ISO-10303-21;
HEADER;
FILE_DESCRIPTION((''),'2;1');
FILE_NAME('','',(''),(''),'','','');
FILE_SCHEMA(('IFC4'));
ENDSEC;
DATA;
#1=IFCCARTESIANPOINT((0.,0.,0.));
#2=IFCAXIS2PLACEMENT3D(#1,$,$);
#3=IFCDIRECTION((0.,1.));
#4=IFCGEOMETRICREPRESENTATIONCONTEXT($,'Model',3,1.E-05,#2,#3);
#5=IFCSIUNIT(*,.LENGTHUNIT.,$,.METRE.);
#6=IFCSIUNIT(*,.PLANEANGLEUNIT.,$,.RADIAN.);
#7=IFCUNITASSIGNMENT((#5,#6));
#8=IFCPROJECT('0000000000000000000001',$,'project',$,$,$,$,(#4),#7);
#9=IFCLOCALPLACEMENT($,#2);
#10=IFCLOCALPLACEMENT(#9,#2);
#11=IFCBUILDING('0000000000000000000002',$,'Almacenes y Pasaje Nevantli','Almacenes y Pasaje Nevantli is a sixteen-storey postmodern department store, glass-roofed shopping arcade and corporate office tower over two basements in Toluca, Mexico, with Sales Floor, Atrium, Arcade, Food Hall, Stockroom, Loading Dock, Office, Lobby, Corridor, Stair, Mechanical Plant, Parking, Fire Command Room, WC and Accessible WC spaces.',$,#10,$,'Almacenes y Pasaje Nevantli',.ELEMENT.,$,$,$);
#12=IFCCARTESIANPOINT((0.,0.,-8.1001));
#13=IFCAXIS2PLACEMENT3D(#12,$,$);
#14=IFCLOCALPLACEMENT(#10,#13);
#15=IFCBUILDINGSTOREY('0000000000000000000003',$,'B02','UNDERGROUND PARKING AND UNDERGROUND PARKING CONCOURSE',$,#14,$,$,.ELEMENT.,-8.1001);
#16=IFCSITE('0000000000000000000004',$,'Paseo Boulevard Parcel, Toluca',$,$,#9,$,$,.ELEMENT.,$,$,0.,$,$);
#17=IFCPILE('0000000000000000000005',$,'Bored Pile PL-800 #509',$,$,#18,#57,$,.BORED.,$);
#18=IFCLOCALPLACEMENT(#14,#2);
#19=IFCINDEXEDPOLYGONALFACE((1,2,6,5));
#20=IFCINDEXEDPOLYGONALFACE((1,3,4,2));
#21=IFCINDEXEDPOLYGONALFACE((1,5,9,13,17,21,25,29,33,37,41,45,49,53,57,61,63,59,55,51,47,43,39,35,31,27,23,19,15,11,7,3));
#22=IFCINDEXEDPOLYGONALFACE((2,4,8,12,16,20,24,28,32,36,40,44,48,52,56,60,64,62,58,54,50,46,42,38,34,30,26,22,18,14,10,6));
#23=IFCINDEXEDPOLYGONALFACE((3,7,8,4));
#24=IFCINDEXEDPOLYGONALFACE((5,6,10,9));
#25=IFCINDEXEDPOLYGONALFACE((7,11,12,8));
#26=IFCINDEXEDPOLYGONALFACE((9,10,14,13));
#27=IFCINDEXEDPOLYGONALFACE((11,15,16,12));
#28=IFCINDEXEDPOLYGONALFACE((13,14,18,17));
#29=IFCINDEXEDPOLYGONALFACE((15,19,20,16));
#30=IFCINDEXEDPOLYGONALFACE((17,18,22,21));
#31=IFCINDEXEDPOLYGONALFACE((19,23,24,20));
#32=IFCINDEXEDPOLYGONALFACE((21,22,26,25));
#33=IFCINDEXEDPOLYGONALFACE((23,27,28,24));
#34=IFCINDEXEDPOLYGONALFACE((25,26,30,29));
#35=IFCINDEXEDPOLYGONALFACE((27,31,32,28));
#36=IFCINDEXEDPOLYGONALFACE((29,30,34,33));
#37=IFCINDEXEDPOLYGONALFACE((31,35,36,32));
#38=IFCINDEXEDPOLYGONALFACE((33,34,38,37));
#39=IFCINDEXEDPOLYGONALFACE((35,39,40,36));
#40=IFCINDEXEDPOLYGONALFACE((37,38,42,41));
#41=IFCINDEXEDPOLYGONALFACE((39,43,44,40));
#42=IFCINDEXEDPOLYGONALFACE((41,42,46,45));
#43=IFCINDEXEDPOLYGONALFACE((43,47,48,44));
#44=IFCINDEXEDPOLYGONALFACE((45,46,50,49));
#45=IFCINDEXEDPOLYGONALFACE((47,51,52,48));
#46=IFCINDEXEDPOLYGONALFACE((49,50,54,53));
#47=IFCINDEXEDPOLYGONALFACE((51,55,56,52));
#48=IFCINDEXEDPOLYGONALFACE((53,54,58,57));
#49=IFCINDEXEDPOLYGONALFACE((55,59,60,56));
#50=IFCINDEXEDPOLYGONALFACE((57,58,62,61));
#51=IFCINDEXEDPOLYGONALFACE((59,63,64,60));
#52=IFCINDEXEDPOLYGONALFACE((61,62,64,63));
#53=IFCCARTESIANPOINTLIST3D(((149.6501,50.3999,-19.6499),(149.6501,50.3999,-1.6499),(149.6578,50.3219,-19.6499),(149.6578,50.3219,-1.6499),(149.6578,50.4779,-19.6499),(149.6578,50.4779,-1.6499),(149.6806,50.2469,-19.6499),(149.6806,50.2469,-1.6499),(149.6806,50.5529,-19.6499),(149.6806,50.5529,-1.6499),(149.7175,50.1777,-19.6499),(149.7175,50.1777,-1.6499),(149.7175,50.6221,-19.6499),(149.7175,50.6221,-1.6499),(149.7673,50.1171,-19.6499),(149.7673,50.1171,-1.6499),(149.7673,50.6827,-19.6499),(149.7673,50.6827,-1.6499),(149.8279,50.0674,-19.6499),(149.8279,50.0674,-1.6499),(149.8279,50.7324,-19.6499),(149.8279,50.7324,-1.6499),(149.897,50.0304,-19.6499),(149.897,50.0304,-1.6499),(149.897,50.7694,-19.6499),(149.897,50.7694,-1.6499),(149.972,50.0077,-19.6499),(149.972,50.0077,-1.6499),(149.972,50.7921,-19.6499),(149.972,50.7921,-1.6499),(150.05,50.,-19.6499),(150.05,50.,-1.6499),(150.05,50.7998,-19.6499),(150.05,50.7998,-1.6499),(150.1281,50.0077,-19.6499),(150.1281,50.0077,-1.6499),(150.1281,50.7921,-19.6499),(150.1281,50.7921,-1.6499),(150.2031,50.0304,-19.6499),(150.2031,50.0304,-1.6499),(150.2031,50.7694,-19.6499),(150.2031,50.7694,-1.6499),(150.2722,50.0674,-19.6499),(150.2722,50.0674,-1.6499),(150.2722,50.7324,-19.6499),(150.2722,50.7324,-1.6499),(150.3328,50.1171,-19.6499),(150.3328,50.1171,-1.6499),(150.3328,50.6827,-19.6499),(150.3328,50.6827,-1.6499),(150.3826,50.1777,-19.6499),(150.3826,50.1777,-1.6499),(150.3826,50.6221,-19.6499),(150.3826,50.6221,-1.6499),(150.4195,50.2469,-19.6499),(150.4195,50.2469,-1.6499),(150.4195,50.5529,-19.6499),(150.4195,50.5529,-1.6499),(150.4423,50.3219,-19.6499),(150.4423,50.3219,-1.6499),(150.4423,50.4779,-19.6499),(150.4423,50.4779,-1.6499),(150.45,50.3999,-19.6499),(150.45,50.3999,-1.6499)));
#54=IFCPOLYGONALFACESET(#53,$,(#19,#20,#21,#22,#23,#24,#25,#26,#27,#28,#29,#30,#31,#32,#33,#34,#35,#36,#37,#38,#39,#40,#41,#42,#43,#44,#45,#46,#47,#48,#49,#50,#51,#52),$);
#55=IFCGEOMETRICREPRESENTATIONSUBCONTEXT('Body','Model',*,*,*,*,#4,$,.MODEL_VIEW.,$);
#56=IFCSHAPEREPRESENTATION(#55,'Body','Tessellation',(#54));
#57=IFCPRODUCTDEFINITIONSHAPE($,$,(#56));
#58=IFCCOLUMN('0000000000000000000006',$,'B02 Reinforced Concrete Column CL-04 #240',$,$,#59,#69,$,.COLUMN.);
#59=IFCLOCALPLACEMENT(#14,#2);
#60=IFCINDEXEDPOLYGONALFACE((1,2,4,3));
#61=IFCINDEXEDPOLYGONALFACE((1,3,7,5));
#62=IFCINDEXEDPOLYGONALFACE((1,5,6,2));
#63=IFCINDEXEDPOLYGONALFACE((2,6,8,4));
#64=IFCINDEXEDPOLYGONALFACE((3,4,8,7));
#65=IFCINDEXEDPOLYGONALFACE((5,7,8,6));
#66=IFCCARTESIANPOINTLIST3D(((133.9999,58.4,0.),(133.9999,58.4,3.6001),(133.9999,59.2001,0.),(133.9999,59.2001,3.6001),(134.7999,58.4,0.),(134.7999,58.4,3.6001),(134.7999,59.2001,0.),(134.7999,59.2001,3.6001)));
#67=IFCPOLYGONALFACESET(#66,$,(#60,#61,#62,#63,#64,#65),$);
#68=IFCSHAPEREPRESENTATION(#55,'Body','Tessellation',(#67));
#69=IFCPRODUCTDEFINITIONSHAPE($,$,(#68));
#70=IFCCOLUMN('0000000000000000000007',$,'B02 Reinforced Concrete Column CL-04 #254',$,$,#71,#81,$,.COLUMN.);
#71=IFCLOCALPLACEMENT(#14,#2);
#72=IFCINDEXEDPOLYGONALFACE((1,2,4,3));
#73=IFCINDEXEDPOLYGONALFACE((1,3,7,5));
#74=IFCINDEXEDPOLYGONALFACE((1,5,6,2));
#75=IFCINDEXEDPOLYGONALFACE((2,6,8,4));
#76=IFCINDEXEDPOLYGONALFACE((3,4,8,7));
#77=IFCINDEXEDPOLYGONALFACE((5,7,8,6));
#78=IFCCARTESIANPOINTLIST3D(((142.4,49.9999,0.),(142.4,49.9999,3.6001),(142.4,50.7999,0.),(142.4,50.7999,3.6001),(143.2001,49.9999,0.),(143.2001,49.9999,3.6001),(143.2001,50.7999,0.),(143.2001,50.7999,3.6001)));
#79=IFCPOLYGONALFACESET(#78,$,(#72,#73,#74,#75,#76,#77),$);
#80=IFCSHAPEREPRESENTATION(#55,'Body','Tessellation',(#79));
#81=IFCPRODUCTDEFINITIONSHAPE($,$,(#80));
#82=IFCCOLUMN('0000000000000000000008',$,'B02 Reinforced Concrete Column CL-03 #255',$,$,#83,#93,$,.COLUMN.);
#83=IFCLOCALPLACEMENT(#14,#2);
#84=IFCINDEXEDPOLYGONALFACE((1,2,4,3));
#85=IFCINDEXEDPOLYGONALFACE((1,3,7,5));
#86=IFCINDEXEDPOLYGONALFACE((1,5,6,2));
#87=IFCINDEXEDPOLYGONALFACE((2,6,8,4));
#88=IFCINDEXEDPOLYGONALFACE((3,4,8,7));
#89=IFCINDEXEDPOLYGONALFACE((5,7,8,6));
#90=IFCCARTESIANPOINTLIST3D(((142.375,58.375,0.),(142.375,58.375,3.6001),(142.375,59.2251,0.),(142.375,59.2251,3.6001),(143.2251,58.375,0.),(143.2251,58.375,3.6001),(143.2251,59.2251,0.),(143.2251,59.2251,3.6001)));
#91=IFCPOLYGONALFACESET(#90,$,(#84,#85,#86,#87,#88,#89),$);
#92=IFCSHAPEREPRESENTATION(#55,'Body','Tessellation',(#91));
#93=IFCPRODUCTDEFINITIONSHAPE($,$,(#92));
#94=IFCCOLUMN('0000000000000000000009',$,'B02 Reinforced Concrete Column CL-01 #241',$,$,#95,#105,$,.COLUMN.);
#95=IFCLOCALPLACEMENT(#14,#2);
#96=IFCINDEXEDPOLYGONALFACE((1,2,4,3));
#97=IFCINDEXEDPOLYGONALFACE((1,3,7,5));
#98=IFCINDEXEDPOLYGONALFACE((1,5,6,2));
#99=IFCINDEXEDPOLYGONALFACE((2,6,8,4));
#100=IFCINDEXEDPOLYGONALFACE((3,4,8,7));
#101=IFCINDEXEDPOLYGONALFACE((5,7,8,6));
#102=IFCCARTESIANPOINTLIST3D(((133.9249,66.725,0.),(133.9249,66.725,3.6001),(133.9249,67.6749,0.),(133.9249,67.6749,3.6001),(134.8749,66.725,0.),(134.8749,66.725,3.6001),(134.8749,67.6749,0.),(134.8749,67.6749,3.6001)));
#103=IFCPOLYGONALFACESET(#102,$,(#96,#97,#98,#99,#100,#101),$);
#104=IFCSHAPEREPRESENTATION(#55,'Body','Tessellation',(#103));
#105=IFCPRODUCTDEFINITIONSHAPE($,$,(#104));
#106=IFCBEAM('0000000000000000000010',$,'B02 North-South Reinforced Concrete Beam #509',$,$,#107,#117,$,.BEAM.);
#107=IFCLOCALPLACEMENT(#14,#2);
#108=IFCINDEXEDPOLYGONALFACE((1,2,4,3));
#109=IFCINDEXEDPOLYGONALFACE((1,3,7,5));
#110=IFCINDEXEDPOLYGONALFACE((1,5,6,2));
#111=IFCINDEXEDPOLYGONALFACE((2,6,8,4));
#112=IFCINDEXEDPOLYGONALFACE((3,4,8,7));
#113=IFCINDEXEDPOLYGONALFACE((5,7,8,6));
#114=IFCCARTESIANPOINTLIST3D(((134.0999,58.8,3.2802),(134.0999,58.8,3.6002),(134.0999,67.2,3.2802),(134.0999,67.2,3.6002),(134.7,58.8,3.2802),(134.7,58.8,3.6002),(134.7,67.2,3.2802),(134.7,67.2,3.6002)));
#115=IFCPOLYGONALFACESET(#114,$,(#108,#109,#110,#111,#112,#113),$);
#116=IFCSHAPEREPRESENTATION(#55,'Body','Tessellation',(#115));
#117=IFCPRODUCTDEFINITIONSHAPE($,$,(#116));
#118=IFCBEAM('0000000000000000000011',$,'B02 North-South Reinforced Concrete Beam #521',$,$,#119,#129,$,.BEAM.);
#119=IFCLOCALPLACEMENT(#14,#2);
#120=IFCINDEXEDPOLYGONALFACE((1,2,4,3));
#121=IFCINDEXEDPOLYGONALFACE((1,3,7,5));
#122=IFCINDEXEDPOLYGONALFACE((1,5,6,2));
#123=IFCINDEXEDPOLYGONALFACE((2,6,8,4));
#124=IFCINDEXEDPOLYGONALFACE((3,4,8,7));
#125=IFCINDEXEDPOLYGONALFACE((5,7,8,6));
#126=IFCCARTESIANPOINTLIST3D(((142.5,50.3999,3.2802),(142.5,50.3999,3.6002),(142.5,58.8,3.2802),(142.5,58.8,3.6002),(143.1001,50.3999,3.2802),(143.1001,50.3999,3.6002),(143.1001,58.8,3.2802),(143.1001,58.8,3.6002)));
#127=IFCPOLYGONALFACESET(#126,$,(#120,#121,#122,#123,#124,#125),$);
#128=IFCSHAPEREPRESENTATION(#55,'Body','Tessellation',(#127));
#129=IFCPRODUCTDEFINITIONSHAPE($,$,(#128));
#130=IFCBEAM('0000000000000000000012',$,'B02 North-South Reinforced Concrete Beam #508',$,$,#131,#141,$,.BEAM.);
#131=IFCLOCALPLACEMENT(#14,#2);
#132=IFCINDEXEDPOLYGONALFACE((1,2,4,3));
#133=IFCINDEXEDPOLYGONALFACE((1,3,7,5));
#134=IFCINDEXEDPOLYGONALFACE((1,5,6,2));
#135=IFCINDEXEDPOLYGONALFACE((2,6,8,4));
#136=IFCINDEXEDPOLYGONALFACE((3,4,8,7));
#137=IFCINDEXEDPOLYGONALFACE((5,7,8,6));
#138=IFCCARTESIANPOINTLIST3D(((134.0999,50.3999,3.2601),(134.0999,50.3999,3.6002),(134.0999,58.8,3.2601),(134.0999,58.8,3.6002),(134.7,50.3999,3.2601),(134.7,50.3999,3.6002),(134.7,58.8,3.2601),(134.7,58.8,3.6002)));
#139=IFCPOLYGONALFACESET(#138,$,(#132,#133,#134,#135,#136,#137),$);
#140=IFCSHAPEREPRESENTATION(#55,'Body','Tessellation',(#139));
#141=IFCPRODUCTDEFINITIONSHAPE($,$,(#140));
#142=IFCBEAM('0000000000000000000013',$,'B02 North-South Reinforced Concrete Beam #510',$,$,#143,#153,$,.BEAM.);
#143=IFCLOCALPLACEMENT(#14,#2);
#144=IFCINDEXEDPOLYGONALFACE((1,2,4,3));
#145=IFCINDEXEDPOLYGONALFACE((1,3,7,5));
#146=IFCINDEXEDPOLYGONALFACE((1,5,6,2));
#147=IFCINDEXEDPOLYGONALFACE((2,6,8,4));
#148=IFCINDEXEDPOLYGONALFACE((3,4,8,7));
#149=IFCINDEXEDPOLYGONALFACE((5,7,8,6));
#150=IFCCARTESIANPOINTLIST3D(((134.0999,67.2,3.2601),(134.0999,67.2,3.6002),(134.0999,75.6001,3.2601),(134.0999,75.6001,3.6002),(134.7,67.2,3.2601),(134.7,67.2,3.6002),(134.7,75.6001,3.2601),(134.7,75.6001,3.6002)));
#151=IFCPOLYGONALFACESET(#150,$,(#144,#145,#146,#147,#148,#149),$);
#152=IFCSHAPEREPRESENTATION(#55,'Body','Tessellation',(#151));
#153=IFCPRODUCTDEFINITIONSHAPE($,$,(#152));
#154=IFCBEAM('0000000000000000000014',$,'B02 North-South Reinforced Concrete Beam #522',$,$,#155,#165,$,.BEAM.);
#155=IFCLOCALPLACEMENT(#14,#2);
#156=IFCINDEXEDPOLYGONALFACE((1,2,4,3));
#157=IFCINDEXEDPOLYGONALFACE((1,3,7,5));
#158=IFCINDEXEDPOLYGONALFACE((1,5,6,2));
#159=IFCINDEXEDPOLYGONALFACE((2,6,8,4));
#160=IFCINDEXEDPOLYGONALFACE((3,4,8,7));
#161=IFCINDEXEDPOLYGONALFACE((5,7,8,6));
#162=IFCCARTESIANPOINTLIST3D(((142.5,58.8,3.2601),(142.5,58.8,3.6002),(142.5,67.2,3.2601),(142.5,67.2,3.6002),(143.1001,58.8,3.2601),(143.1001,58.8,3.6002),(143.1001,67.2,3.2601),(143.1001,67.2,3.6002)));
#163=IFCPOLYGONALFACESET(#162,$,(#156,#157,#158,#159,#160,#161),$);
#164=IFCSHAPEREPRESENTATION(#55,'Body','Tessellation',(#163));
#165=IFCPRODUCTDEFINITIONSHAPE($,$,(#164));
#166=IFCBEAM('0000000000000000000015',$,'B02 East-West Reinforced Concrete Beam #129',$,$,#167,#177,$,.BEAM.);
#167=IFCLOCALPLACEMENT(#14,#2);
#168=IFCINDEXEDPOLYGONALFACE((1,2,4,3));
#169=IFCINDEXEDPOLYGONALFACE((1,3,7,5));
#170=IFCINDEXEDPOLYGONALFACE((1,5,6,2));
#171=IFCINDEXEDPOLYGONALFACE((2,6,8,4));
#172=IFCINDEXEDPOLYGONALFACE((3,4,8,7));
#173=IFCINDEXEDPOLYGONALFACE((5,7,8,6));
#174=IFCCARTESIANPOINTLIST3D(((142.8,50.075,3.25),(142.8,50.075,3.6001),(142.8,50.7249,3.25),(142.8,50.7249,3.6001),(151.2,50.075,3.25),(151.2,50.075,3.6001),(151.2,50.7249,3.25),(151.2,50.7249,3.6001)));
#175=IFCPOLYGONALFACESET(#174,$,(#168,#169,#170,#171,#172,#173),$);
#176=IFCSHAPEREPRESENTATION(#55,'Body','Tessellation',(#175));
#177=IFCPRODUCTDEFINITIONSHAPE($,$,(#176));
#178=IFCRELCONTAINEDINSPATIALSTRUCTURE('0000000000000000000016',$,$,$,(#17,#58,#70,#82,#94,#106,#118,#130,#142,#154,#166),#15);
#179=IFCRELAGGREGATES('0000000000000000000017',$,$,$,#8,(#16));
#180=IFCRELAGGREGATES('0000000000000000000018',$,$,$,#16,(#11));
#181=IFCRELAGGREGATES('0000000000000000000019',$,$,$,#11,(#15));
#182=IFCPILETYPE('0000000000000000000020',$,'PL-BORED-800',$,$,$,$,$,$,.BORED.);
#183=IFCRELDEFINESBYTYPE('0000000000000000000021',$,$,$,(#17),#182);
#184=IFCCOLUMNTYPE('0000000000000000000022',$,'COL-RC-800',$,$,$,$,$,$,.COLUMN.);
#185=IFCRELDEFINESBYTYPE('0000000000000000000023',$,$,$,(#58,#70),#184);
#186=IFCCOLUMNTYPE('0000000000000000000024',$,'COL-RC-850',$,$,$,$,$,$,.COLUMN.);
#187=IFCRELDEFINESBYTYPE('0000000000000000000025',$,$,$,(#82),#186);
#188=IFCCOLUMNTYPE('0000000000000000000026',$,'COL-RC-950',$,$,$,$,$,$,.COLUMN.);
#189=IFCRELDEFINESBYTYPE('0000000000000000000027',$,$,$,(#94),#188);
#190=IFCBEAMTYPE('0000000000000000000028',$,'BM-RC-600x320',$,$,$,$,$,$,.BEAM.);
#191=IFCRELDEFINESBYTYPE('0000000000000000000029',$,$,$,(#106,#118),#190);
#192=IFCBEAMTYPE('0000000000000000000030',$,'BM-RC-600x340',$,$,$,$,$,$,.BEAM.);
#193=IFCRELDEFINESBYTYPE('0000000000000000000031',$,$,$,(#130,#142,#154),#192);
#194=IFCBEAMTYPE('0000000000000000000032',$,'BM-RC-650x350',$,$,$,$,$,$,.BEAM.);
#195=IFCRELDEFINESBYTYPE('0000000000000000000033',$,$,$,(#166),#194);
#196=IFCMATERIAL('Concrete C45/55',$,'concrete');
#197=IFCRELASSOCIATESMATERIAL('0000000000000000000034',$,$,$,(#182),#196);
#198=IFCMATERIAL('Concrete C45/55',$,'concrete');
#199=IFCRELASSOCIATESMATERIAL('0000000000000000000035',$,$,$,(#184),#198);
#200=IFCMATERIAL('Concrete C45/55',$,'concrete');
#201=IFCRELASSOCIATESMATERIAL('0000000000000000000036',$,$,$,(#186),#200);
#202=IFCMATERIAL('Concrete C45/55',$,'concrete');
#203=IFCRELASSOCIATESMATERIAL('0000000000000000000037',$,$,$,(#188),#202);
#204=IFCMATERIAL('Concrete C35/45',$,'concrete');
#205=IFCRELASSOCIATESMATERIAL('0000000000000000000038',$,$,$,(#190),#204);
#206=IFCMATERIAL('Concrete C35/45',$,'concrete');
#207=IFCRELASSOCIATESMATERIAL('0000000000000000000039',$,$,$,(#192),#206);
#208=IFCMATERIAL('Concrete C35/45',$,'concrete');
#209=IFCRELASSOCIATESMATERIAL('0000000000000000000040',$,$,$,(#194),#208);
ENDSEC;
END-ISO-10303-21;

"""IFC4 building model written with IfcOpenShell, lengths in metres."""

from ifc_helpers import new_model, si_unit, direction, frame, origin, origin_2d, place, context, subcontext, project, spatial, rectangle, circle, extrude, material, material_profile, profile_set, type_object, element, save


model = new_model("IFC4")

# Units and contexts
model_context = context("Model", 3, precision=1e-05, world=origin(), true_north=direction((0.0, 1.0)))
body_context = subcontext(model_context, "Body", "Model", "MODEL_VIEW")
ifc_project = project(units=[si_unit("LENGTHUNIT", "METRE"), si_unit("PLANEANGLEUNIT", "RADIAN")], contexts=[model_context])

# Site, building, storey
site_placement = place(None, origin())
site = spatial("IfcSite", under=ifc_project, at=site_placement, Name="Paseo Boulevard Parcel, Toluca", CompositionType="ELEMENT", RefElevation=0.0)
building_placement = place(site_placement, origin())
building = spatial("IfcBuilding", under=site, at=building_placement, Name="Almacenes y Pasaje Nevantli", Description="Almacenes y Pasaje Nevantli is a sixteen-storey postmodern department store, glass-roofed shopping arcade and corporate office tower over two basements in Toluca, Mexico, with Sales Floor, Atrium, Arcade, Food Hall, Stockroom, Loading Dock, Office, Lobby, Corridor, Stair, Mechanical Plant, Parking, Fire Command Room, WC and Accessible WC spaces.", LongName="Almacenes y Pasaje Nevantli", CompositionType="ELEMENT")
storey_placement = place(building_placement, frame((0.0, 0.0, -8.1001)))
storey = spatial("IfcBuildingStorey", under=building, at=storey_placement, Name="B02", Description="UNDERGROUND PARKING AND UNDERGROUND PARKING CONCOURSE", CompositionType="ELEMENT", Elevation=-8.1001)

# Pile
ifc_material_1 = material(Name="Concrete C45/55", Category="concrete")
ifc_material_profile_1 = material_profile(ifc_material_1, circle(Radius=0.3999, at=origin_2d()), Name="RC-PILE-D800")
ifc_profile_set_1 = profile_set([ifc_material_profile_1], Name="Concrete C45/55")
pile_type_1 = type_object("IfcPileType", Name="PL-BORED-800", PredefinedType="BORED", material=ifc_profile_set_1)
for number, where, z_axis, x_axis, name in (
    (1, (150.05, 50.3999, -1.6499), (0.0, 0.0, -1.0), (1.0, 0.0, 0.0), "Bored Pile PL-800 #509"),
):
    element("IfcPile", number, at=place(storey_placement, frame(where, z_axis=z_axis, x_axis=x_axis)), inside=storey, type_object=pile_type_1, Name=name, PredefinedType="BORED", context=body_context, shape_type="SweptSolid", body=[
        extrude(circle(Radius=0.3999, at=origin_2d()), origin(), (0.0, 0.0, 1.0), 18.0),
    ])

# Columns
ifc_material_2 = material(Name="Concrete C45/55", Category="concrete")
ifc_material_profile_2 = material_profile(ifc_material_2, rectangle(XDim=0.8, YDim=0.8, at=origin_2d()), Name="RC-COL-800x800")
ifc_profile_set_2 = profile_set([ifc_material_profile_2], Name="Concrete C45/55")
column_type_1 = type_object("IfcColumnType", Name="COL-RC-800", PredefinedType="COLUMN", material=ifc_profile_set_2)
for number, where, z_axis, x_axis, name in (
    (2, (134.3999, 58.8, 0.0), (0.0, 0.0, 1.0), (1.0, 0.0, 0.0), "B02 Reinforced Concrete Column CL-04 #240"),
    (3, (142.8, 50.3999, 0.0), (0.0, 0.0, 1.0), (1.0, 0.0, 0.0), "B02 Reinforced Concrete Column CL-04 #254"),
):
    element("IfcColumn", number, at=place(storey_placement, frame(where, z_axis=z_axis, x_axis=x_axis)), inside=storey, type_object=column_type_1, Name=name, PredefinedType="COLUMN", context=body_context, shape_type="SweptSolid", body=[
        extrude(rectangle(XDim=0.8, YDim=0.8, at=origin_2d()), origin(), (0.0, 0.0, 1.0), 3.6001),
    ])
ifc_material_3 = material(Name="Concrete C45/55", Category="concrete")
ifc_material_profile_3 = material_profile(ifc_material_3, rectangle(XDim=0.8501, YDim=0.8501, at=origin_2d()), Name="RC-COL-850x850")
ifc_profile_set_3 = profile_set([ifc_material_profile_3], Name="Concrete C45/55")
column_type_2 = type_object("IfcColumnType", Name="COL-RC-850", PredefinedType="COLUMN", material=ifc_profile_set_3)
column_1_placement = place(storey_placement, frame((142.8, 58.8, 0.0), z_axis=(0.0, 0.0, 1.0), x_axis=(1.0, 0.0, 0.0)))
element("IfcColumn", 4, at=column_1_placement, inside=storey, type_object=column_type_2, Name="B02 Reinforced Concrete Column CL-03 #255", PredefinedType="COLUMN", context=body_context, shape_type="SweptSolid", body=[
    extrude(rectangle(XDim=0.8501, YDim=0.8501, at=origin_2d()), origin(), (0.0, 0.0, 1.0), 3.6001),
])
ifc_material_4 = material(Name="Concrete C45/55", Category="concrete")
ifc_material_profile_4 = material_profile(ifc_material_4, rectangle(XDim=0.95, YDim=0.95, at=origin_2d()), Name="RC-COL-950x950")
ifc_profile_set_4 = profile_set([ifc_material_profile_4], Name="Concrete C45/55")
column_type_3 = type_object("IfcColumnType", Name="COL-RC-950", PredefinedType="COLUMN", material=ifc_profile_set_4)
column_2_placement = place(storey_placement, frame((134.3999, 67.2, 0.0), z_axis=(0.0, 0.0, 1.0), x_axis=(1.0, 0.0, 0.0)))
element("IfcColumn", 5, at=column_2_placement, inside=storey, type_object=column_type_3, Name="B02 Reinforced Concrete Column CL-01 #241", PredefinedType="COLUMN", context=body_context, shape_type="SweptSolid", body=[
    extrude(rectangle(XDim=0.95, YDim=0.95, at=origin_2d()), origin(), (0.0, 0.0, 1.0), 3.6001),
])

# Beams
ifc_material_5 = material(Name="Concrete C35/45", Category="concrete")
ifc_material_profile_5 = material_profile(ifc_material_5, rectangle(XDim=0.6001, YDim=0.3201, at=origin_2d()), Name="RC-BM-600x320")
ifc_profile_set_5 = profile_set([ifc_material_profile_5], Name="Concrete C35/45")
beam_type_1 = type_object("IfcBeamType", Name="BM-RC-600x320", PredefinedType="BEAM", material=ifc_profile_set_5)
beam_1_placement = place(storey_placement, frame((134.3999, 58.8, 3.4402), z_axis=(0.0, 1.0, 0.0), x_axis=(-1.0, 0.0, 0.0)))
element("IfcBeam", 6, at=beam_1_placement, inside=storey, type_object=beam_type_1, Name="B02 North-South Reinforced Concrete Beam #509", PredefinedType="BEAM", context=body_context, shape_type="SweptSolid", body=[
    extrude(rectangle(XDim=0.6001, YDim=0.3201, at=origin_2d()), origin(), (0.0, 0.0, 1.0), 8.3999),
])
beam_2_placement = place(storey_placement, frame((142.8, 50.3999, 3.4402), z_axis=(0.0, 1.0, 0.0), x_axis=(-1.0, 0.0, 0.0)))
element("IfcBeam", 7, at=beam_2_placement, inside=storey, type_object=beam_type_1, Name="B02 North-South Reinforced Concrete Beam #521", PredefinedType="BEAM", context=body_context, shape_type="SweptSolid", body=[
    extrude(rectangle(XDim=0.6001, YDim=0.3201, at=origin_2d()), origin(), (0.0, 0.0, 1.0), 8.4001),
])
ifc_material_6 = material(Name="Concrete C35/45", Category="concrete")
ifc_material_profile_6 = material_profile(ifc_material_6, rectangle(XDim=0.6001, YDim=0.3401, at=origin_2d()), Name="RC-BM-600x340")
ifc_profile_set_6 = profile_set([ifc_material_profile_6], Name="Concrete C35/45")
beam_type_2 = type_object("IfcBeamType", Name="BM-RC-600x340", PredefinedType="BEAM", material=ifc_profile_set_6)
for number, where, z_axis, x_axis, name in (
    (8, (134.3999, 50.3999, 3.4302), (0.0, 1.0, 0.0), (-1.0, 0.0, 0.0), "B02 North-South Reinforced Concrete Beam #508"),
    (9, (134.3999, 67.2, 3.4302), (0.0, 1.0, 0.0), (-1.0, 0.0, 0.0), "B02 North-South Reinforced Concrete Beam #510"),
):
    element("IfcBeam", number, at=place(storey_placement, frame(where, z_axis=z_axis, x_axis=x_axis)), inside=storey, type_object=beam_type_2, Name=name, PredefinedType="BEAM", context=body_context, shape_type="SweptSolid", body=[
        extrude(rectangle(XDim=0.6001, YDim=0.3401, at=origin_2d()), origin(), (0.0, 0.0, 1.0), 8.4001),
    ])
beam_3_placement = place(storey_placement, frame((142.8, 58.8, 3.4302), z_axis=(0.0, 1.0, 0.0), x_axis=(-1.0, 0.0, 0.0)))
element("IfcBeam", 10, at=beam_3_placement, inside=storey, type_object=beam_type_2, Name="B02 North-South Reinforced Concrete Beam #522", PredefinedType="BEAM", context=body_context, shape_type="SweptSolid", body=[
    extrude(rectangle(XDim=0.6001, YDim=0.3401, at=origin_2d()), origin(), (0.0, 0.0, 1.0), 8.3999),
])
ifc_material_7 = material(Name="Concrete C35/45", Category="concrete")
ifc_material_profile_7 = material_profile(ifc_material_7, rectangle(XDim=0.6499, YDim=0.3501, at=origin_2d()), Name="RC-BM-650x350")
ifc_profile_set_7 = profile_set([ifc_material_profile_7], Name="Concrete C35/45")
beam_type_3 = type_object("IfcBeamType", Name="BM-RC-650x350", PredefinedType="BEAM", material=ifc_profile_set_7)
beam_4_placement = place(storey_placement, frame((142.8, 50.3999, 3.425), z_axis=(1.0, 0.0, 0.0), x_axis=(0.0, 1.0, 0.0)))
element("IfcBeam", 11, at=beam_4_placement, inside=storey, type_object=beam_type_3, Name="B02 East-West Reinforced Concrete Beam #129", PredefinedType="BEAM", context=body_context, shape_type="SweptSolid", body=[
    extrude(rectangle(XDim=0.6499, YDim=0.3501, at=origin_2d()), origin(), (0.0, 0.0, 1.0), 8.3999),
])

save(model, "model.ifc")
